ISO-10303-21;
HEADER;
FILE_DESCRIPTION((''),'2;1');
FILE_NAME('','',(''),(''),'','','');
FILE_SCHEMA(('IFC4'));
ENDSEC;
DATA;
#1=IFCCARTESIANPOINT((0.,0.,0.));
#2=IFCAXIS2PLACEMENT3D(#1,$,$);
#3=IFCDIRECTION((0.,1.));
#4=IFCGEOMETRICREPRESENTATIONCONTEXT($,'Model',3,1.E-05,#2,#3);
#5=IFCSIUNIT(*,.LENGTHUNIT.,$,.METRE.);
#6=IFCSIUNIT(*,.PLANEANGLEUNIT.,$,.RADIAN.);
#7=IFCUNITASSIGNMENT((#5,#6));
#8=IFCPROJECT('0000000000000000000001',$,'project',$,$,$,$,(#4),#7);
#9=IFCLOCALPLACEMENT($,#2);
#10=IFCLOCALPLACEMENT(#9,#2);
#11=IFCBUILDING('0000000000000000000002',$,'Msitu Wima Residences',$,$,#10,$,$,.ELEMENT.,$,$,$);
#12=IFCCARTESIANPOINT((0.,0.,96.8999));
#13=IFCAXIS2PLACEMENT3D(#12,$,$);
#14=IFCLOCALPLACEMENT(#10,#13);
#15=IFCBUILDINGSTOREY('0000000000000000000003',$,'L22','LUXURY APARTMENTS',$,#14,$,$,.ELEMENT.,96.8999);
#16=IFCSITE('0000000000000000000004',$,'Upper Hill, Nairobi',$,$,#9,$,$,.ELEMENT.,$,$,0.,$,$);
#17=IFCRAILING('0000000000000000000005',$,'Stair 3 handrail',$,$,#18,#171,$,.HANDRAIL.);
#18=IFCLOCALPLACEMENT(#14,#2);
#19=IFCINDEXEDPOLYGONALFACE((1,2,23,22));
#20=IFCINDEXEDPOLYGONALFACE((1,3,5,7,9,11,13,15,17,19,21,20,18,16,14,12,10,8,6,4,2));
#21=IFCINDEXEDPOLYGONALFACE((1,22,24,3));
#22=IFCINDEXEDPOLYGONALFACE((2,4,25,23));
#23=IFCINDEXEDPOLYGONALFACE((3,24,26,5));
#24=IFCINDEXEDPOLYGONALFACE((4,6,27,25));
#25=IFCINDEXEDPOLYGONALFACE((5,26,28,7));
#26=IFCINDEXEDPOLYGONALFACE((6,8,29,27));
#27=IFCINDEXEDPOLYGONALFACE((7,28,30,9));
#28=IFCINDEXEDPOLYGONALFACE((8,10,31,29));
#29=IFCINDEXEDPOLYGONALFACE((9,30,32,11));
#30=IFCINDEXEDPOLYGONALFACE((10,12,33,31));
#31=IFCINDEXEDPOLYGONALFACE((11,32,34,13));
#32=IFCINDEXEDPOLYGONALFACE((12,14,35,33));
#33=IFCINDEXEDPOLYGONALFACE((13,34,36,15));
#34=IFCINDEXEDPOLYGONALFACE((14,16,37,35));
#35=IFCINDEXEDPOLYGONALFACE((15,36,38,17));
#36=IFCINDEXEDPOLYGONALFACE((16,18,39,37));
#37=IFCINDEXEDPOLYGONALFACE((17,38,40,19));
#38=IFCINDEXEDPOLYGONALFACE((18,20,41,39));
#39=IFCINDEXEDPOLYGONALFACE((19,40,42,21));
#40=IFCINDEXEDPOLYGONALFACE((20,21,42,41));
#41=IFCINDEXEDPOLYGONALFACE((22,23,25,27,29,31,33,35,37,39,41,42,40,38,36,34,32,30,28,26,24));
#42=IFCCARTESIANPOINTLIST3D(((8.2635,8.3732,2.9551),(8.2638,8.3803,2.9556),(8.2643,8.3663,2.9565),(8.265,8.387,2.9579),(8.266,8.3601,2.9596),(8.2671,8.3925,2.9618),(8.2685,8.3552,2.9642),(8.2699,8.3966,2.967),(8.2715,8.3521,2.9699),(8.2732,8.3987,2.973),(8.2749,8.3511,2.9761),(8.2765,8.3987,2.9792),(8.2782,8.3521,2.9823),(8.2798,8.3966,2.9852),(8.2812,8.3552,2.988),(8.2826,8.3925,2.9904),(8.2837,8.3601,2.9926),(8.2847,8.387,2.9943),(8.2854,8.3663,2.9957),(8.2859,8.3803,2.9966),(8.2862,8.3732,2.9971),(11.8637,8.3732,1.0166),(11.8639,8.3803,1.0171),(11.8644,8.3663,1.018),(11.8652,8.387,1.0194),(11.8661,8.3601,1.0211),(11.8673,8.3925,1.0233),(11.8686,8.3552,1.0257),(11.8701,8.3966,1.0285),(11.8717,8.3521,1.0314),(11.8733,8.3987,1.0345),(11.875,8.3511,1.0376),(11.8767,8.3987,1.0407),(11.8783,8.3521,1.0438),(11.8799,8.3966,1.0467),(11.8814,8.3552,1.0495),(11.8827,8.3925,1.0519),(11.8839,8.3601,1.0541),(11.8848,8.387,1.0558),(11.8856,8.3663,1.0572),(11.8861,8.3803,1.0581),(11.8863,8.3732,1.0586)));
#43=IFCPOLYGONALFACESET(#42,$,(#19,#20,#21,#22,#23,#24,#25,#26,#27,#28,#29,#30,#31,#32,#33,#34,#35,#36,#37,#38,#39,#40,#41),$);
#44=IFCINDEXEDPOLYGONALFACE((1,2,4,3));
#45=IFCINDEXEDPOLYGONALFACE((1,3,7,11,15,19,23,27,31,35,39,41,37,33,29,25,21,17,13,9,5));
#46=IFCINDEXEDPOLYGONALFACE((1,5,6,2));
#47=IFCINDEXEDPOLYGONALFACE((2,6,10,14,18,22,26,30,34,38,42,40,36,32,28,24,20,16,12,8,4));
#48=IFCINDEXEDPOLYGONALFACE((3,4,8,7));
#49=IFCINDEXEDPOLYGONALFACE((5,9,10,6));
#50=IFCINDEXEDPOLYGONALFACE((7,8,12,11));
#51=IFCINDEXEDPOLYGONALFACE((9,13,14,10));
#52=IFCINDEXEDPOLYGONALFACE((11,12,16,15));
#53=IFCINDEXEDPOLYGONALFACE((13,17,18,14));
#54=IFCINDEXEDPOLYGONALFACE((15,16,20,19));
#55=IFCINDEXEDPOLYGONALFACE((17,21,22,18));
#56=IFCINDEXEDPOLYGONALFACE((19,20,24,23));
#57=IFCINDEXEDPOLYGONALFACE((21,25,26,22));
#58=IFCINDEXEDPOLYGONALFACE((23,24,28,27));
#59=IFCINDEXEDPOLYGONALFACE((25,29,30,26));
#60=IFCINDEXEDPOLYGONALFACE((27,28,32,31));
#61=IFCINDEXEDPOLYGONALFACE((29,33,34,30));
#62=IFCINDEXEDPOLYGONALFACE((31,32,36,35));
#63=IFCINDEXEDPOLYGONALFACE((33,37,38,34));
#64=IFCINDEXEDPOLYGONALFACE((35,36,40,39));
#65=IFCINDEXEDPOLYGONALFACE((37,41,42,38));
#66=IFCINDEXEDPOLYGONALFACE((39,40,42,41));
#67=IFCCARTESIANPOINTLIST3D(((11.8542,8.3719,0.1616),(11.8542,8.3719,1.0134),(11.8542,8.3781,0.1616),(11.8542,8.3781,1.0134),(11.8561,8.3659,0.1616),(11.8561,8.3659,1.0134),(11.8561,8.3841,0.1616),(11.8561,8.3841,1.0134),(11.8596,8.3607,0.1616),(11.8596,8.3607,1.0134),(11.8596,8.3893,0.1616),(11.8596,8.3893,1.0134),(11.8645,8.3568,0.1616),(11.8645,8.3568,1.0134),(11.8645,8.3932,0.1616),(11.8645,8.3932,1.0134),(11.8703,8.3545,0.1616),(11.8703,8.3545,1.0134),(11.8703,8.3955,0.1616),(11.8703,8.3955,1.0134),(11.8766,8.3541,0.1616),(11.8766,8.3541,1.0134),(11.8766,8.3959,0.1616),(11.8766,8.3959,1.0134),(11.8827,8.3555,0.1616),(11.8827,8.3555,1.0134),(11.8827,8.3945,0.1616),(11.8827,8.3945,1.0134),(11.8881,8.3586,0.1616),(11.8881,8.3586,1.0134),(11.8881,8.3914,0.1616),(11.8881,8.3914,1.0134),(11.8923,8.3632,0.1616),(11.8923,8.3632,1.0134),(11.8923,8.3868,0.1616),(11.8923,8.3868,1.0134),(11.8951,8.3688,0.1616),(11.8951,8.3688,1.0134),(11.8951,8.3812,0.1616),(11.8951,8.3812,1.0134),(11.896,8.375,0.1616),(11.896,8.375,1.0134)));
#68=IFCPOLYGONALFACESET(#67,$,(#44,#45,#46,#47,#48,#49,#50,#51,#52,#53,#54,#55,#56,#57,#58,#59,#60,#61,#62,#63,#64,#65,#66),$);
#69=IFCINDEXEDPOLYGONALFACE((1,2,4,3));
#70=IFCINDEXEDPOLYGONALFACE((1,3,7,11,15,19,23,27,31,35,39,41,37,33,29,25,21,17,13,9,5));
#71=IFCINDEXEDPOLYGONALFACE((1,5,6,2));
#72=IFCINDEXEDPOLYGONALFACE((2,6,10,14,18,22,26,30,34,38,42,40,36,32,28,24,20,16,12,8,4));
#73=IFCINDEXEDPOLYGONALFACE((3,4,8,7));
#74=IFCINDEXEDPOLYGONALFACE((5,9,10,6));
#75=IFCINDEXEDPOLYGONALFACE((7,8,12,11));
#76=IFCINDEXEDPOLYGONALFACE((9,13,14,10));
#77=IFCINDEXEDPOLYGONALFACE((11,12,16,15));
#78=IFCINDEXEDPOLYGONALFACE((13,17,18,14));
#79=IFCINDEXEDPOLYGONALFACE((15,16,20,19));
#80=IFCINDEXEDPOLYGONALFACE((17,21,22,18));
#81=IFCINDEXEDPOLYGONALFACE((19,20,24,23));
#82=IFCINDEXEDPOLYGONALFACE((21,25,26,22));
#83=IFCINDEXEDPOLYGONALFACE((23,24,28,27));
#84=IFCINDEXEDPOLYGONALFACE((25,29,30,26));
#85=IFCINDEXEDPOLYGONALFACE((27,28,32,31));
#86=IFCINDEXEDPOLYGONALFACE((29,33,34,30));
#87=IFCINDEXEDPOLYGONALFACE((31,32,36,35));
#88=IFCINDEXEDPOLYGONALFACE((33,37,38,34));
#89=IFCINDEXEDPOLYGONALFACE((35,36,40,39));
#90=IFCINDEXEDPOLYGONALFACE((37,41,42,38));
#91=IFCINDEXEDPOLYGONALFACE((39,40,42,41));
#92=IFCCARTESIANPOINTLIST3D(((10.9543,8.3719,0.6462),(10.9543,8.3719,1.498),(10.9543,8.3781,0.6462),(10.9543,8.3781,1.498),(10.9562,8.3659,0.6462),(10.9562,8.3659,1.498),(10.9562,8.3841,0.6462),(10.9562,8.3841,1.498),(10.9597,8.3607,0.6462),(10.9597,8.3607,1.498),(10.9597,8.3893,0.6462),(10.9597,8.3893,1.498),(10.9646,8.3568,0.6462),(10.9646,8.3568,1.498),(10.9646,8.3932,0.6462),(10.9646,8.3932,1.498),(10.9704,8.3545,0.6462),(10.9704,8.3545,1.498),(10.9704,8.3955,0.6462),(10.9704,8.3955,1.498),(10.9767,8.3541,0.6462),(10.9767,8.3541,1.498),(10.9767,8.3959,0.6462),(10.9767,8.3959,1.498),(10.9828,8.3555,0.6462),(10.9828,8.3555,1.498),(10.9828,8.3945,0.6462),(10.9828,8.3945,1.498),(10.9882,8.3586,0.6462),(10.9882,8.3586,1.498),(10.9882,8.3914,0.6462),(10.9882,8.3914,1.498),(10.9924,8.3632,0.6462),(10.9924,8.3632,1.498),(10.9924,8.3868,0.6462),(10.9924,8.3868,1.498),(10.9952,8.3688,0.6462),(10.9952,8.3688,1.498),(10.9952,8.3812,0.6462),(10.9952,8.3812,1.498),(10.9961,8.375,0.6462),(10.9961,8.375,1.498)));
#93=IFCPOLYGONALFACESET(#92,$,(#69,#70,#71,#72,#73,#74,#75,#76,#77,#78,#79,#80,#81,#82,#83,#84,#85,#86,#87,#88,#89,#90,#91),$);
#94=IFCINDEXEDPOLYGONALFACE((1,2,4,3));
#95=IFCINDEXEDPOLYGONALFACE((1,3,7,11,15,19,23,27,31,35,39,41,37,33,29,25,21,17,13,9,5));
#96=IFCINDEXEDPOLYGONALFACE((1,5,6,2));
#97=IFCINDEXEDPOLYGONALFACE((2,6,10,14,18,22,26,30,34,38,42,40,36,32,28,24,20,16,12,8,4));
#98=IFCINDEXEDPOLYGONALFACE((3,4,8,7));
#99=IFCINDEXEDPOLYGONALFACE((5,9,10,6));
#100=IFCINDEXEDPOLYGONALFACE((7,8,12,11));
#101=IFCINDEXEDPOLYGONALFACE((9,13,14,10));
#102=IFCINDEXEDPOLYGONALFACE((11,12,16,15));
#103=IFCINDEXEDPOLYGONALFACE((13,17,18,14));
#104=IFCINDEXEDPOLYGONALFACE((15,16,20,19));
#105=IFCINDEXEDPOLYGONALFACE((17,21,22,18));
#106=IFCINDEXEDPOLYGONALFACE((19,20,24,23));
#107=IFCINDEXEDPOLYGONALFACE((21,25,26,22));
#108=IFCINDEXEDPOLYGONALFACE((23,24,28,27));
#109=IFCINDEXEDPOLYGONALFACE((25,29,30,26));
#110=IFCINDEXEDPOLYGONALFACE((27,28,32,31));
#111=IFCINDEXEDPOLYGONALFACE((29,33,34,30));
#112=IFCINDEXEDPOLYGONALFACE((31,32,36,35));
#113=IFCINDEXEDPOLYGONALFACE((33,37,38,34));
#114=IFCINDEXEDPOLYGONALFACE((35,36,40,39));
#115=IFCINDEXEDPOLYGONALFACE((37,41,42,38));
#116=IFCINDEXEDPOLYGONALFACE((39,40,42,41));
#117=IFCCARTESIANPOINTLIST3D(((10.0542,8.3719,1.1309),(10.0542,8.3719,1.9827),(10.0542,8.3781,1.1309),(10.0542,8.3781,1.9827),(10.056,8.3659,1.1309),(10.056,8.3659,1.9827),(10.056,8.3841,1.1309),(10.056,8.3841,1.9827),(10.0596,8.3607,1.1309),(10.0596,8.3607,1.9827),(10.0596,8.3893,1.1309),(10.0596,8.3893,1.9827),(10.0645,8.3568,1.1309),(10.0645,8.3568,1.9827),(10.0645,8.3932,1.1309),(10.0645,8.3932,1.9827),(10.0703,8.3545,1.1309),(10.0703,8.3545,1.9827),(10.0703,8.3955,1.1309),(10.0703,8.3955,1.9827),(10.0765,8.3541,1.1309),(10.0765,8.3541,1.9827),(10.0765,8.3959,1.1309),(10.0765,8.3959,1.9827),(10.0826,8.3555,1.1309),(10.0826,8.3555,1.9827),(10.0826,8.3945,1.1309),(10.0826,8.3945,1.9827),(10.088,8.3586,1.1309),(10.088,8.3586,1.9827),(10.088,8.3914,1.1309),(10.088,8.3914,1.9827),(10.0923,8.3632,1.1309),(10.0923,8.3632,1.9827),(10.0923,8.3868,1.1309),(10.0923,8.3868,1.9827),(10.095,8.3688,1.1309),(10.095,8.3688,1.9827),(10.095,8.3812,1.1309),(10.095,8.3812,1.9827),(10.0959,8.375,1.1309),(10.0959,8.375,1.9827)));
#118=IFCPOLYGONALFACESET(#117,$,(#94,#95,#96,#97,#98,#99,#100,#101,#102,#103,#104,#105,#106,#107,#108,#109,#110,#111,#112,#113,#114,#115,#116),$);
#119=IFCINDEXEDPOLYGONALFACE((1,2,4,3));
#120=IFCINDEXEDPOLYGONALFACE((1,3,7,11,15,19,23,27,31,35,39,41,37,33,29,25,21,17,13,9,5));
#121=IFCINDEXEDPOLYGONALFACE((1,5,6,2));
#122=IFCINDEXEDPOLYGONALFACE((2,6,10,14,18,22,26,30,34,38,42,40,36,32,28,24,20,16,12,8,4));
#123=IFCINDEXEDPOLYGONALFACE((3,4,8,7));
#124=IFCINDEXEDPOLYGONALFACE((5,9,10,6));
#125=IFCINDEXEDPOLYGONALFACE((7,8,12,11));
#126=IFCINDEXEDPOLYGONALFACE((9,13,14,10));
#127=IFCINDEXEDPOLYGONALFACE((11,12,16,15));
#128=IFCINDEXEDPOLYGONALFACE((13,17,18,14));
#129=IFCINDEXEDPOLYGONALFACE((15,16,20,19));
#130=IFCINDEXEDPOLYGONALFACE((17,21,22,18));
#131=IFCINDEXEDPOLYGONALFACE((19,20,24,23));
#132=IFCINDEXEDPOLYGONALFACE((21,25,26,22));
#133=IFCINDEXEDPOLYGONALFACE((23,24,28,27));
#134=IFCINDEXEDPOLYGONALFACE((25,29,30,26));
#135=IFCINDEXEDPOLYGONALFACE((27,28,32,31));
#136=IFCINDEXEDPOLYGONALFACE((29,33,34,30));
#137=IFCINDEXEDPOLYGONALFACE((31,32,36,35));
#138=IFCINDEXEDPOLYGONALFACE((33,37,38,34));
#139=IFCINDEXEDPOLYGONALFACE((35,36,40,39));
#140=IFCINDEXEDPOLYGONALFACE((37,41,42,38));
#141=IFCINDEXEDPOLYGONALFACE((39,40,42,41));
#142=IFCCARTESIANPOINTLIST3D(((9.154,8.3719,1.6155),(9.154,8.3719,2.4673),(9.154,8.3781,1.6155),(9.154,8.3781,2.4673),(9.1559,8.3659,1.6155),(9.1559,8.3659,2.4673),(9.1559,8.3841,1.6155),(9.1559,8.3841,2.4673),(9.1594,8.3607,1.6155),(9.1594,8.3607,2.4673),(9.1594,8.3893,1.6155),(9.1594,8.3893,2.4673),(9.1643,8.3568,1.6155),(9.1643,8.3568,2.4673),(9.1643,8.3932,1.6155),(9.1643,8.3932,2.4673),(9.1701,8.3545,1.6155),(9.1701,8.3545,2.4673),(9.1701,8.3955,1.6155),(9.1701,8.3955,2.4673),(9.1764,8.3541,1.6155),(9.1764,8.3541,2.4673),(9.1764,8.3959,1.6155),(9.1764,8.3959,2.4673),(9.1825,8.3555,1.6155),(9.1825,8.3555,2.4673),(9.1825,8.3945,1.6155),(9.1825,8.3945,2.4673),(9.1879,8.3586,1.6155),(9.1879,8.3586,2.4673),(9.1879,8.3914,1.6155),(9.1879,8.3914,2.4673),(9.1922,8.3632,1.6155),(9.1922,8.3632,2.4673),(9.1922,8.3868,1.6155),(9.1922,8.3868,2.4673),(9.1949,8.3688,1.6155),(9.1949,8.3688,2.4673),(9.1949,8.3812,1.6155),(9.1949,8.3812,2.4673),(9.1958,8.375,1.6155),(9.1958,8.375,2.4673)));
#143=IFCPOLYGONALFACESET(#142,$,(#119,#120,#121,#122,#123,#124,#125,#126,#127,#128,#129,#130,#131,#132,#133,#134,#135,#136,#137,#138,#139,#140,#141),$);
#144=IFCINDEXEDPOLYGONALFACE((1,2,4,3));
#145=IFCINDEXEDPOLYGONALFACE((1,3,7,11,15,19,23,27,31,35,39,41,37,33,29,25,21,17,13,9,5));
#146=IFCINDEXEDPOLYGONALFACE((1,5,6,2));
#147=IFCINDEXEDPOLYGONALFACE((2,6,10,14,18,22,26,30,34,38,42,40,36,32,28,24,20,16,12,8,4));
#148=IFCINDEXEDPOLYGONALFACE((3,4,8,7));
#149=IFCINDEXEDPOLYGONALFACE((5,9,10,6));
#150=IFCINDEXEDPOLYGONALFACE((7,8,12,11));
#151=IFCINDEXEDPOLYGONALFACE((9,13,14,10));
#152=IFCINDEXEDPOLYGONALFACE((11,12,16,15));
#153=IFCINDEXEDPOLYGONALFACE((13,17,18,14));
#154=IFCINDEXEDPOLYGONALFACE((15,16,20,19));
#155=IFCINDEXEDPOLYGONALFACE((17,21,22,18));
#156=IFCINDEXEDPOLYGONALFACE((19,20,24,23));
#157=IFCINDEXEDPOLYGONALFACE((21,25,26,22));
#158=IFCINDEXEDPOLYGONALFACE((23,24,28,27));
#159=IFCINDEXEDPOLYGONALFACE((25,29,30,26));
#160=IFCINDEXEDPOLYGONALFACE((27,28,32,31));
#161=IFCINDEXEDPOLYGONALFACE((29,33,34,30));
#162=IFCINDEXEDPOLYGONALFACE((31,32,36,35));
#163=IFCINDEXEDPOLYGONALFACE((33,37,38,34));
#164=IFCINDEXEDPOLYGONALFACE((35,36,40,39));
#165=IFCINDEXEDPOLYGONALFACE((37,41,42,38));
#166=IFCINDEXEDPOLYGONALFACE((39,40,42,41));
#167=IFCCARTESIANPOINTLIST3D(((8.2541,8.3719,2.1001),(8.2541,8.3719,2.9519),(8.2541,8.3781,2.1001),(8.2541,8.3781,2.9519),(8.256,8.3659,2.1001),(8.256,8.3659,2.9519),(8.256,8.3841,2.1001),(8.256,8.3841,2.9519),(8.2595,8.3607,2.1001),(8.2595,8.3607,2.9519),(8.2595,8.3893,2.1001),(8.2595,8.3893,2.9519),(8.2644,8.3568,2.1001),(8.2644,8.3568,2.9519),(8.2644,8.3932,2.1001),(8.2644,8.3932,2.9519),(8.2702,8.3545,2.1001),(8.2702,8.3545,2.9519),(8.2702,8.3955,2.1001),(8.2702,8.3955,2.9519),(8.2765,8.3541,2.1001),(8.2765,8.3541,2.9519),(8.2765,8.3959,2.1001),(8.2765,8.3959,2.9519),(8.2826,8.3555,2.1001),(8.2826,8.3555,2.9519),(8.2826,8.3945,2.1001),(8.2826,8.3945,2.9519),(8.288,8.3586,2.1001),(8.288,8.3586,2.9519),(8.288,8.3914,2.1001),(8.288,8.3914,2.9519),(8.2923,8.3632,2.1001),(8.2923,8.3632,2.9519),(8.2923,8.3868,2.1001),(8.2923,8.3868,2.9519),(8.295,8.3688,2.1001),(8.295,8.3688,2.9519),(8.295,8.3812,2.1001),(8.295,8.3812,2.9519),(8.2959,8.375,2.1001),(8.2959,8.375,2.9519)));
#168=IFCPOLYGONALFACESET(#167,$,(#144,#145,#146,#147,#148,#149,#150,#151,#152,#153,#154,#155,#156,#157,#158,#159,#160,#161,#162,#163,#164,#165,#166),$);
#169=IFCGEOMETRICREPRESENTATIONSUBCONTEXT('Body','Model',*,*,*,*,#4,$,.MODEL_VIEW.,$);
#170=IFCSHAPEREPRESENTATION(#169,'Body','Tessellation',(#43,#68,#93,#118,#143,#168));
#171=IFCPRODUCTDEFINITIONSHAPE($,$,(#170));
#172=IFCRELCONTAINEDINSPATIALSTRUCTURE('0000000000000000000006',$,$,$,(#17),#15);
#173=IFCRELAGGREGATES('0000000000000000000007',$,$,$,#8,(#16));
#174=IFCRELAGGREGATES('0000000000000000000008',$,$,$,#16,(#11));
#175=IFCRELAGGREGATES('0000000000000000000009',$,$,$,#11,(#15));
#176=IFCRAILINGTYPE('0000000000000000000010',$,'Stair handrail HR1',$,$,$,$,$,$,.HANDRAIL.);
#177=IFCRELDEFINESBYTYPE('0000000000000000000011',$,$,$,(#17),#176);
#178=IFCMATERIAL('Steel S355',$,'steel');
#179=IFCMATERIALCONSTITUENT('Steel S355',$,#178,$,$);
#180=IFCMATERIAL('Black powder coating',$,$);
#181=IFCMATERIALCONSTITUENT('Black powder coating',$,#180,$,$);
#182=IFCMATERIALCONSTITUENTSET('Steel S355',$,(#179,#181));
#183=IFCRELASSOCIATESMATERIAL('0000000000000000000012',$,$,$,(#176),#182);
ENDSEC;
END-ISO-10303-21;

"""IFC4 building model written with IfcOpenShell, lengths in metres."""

from ifc_helpers import new_model, si_unit, direction, frame, origin, origin_2d, place, context, subcontext, project, spatial, circle, extrude, material, constituent, constituent_set, type_object, element, save


model = new_model("IFC4")

# Units and contexts
model_context = context("Model", 3, precision=1e-05, world=origin(), true_north=direction((0.0, 1.0)))
body_context = subcontext(model_context, "Body", "Model", "MODEL_VIEW")
ifc_project = project(units=[si_unit("LENGTHUNIT", "METRE"), si_unit("PLANEANGLEUNIT", "RADIAN")], contexts=[model_context])

# Site, building, storey
site_placement = place(None, origin())
site = spatial("IfcSite", under=ifc_project, at=site_placement, Name="Upper Hill, Nairobi", CompositionType="ELEMENT", RefElevation=0.0)
building_placement = place(site_placement, origin())
building = spatial("IfcBuilding", under=site, at=building_placement, Name="Msitu Wima Residences", CompositionType="ELEMENT")
storey_placement = place(building_placement, frame((0.0, 0.0, 96.8999)))
storey = spatial("IfcBuildingStorey", under=building, at=storey_placement, Name="L22", Description="LUXURY APARTMENTS", CompositionType="ELEMENT", Elevation=96.8999)

# Railing
ifc_material_1 = material(Name="Steel S355", Category="steel")
ifc_constituent_1 = constituent(ifc_material_1, Name="Steel S355")
ifc_material_2 = material(Name="Black powder coating")
ifc_constituent_2 = constituent(ifc_material_2, Name="Black powder coating")
ifc_constituent_set = constituent_set(constituents=[ifc_constituent_1, ifc_constituent_2], Name="Steel S355")
railing_type = type_object("IfcRailingType", Name="Stair handrail HR1", PredefinedType="HANDRAIL", material=ifc_constituent_set)
for number, where, name in (
    (1, (11.875, 8.375, 0.1616), "Stair 3 handrail"),
):
    element("IfcRailing", number, at=place(storey_placement, frame(where)), inside=storey, type_object=railing_type, Name=name, PredefinedType="HANDRAIL", context=body_context, shape_type="SweptSolid", body=[
        extrude(circle(Radius=0.0239, at=origin_2d()), frame((0.0, 0.0, 0.876), z_axis=(-0.880475, 0.0, 0.474093), x_axis=(0.0, -1.0, 0.0)), (0.0, 0.0, 1.0), 4.0889),
        extrude(circle(Radius=0.021, at=origin_2d()), origin(), (0.0, 0.0, 1.0), 0.8518),
        extrude(circle(Radius=0.021, at=origin_2d()), frame((-0.8999, 0.0, 0.4846)), (0.0, 0.0, 1.0), 0.8518),
        extrude(circle(Radius=0.021, at=origin_2d()), frame((-1.8, 0.0, 0.9692)), (0.0, 0.0, 1.0), 0.8518),
        extrude(circle(Radius=0.021, at=origin_2d()), frame((-2.7002, 0.0, 1.4539)), (0.0, 0.0, 1.0), 0.8518),
        extrude(circle(Radius=0.021, at=origin_2d()), frame((-3.6001, 0.0, 1.9385)), (0.0, 0.0, 1.0), 0.8518),
    ])

save(model, "model.ifc")
